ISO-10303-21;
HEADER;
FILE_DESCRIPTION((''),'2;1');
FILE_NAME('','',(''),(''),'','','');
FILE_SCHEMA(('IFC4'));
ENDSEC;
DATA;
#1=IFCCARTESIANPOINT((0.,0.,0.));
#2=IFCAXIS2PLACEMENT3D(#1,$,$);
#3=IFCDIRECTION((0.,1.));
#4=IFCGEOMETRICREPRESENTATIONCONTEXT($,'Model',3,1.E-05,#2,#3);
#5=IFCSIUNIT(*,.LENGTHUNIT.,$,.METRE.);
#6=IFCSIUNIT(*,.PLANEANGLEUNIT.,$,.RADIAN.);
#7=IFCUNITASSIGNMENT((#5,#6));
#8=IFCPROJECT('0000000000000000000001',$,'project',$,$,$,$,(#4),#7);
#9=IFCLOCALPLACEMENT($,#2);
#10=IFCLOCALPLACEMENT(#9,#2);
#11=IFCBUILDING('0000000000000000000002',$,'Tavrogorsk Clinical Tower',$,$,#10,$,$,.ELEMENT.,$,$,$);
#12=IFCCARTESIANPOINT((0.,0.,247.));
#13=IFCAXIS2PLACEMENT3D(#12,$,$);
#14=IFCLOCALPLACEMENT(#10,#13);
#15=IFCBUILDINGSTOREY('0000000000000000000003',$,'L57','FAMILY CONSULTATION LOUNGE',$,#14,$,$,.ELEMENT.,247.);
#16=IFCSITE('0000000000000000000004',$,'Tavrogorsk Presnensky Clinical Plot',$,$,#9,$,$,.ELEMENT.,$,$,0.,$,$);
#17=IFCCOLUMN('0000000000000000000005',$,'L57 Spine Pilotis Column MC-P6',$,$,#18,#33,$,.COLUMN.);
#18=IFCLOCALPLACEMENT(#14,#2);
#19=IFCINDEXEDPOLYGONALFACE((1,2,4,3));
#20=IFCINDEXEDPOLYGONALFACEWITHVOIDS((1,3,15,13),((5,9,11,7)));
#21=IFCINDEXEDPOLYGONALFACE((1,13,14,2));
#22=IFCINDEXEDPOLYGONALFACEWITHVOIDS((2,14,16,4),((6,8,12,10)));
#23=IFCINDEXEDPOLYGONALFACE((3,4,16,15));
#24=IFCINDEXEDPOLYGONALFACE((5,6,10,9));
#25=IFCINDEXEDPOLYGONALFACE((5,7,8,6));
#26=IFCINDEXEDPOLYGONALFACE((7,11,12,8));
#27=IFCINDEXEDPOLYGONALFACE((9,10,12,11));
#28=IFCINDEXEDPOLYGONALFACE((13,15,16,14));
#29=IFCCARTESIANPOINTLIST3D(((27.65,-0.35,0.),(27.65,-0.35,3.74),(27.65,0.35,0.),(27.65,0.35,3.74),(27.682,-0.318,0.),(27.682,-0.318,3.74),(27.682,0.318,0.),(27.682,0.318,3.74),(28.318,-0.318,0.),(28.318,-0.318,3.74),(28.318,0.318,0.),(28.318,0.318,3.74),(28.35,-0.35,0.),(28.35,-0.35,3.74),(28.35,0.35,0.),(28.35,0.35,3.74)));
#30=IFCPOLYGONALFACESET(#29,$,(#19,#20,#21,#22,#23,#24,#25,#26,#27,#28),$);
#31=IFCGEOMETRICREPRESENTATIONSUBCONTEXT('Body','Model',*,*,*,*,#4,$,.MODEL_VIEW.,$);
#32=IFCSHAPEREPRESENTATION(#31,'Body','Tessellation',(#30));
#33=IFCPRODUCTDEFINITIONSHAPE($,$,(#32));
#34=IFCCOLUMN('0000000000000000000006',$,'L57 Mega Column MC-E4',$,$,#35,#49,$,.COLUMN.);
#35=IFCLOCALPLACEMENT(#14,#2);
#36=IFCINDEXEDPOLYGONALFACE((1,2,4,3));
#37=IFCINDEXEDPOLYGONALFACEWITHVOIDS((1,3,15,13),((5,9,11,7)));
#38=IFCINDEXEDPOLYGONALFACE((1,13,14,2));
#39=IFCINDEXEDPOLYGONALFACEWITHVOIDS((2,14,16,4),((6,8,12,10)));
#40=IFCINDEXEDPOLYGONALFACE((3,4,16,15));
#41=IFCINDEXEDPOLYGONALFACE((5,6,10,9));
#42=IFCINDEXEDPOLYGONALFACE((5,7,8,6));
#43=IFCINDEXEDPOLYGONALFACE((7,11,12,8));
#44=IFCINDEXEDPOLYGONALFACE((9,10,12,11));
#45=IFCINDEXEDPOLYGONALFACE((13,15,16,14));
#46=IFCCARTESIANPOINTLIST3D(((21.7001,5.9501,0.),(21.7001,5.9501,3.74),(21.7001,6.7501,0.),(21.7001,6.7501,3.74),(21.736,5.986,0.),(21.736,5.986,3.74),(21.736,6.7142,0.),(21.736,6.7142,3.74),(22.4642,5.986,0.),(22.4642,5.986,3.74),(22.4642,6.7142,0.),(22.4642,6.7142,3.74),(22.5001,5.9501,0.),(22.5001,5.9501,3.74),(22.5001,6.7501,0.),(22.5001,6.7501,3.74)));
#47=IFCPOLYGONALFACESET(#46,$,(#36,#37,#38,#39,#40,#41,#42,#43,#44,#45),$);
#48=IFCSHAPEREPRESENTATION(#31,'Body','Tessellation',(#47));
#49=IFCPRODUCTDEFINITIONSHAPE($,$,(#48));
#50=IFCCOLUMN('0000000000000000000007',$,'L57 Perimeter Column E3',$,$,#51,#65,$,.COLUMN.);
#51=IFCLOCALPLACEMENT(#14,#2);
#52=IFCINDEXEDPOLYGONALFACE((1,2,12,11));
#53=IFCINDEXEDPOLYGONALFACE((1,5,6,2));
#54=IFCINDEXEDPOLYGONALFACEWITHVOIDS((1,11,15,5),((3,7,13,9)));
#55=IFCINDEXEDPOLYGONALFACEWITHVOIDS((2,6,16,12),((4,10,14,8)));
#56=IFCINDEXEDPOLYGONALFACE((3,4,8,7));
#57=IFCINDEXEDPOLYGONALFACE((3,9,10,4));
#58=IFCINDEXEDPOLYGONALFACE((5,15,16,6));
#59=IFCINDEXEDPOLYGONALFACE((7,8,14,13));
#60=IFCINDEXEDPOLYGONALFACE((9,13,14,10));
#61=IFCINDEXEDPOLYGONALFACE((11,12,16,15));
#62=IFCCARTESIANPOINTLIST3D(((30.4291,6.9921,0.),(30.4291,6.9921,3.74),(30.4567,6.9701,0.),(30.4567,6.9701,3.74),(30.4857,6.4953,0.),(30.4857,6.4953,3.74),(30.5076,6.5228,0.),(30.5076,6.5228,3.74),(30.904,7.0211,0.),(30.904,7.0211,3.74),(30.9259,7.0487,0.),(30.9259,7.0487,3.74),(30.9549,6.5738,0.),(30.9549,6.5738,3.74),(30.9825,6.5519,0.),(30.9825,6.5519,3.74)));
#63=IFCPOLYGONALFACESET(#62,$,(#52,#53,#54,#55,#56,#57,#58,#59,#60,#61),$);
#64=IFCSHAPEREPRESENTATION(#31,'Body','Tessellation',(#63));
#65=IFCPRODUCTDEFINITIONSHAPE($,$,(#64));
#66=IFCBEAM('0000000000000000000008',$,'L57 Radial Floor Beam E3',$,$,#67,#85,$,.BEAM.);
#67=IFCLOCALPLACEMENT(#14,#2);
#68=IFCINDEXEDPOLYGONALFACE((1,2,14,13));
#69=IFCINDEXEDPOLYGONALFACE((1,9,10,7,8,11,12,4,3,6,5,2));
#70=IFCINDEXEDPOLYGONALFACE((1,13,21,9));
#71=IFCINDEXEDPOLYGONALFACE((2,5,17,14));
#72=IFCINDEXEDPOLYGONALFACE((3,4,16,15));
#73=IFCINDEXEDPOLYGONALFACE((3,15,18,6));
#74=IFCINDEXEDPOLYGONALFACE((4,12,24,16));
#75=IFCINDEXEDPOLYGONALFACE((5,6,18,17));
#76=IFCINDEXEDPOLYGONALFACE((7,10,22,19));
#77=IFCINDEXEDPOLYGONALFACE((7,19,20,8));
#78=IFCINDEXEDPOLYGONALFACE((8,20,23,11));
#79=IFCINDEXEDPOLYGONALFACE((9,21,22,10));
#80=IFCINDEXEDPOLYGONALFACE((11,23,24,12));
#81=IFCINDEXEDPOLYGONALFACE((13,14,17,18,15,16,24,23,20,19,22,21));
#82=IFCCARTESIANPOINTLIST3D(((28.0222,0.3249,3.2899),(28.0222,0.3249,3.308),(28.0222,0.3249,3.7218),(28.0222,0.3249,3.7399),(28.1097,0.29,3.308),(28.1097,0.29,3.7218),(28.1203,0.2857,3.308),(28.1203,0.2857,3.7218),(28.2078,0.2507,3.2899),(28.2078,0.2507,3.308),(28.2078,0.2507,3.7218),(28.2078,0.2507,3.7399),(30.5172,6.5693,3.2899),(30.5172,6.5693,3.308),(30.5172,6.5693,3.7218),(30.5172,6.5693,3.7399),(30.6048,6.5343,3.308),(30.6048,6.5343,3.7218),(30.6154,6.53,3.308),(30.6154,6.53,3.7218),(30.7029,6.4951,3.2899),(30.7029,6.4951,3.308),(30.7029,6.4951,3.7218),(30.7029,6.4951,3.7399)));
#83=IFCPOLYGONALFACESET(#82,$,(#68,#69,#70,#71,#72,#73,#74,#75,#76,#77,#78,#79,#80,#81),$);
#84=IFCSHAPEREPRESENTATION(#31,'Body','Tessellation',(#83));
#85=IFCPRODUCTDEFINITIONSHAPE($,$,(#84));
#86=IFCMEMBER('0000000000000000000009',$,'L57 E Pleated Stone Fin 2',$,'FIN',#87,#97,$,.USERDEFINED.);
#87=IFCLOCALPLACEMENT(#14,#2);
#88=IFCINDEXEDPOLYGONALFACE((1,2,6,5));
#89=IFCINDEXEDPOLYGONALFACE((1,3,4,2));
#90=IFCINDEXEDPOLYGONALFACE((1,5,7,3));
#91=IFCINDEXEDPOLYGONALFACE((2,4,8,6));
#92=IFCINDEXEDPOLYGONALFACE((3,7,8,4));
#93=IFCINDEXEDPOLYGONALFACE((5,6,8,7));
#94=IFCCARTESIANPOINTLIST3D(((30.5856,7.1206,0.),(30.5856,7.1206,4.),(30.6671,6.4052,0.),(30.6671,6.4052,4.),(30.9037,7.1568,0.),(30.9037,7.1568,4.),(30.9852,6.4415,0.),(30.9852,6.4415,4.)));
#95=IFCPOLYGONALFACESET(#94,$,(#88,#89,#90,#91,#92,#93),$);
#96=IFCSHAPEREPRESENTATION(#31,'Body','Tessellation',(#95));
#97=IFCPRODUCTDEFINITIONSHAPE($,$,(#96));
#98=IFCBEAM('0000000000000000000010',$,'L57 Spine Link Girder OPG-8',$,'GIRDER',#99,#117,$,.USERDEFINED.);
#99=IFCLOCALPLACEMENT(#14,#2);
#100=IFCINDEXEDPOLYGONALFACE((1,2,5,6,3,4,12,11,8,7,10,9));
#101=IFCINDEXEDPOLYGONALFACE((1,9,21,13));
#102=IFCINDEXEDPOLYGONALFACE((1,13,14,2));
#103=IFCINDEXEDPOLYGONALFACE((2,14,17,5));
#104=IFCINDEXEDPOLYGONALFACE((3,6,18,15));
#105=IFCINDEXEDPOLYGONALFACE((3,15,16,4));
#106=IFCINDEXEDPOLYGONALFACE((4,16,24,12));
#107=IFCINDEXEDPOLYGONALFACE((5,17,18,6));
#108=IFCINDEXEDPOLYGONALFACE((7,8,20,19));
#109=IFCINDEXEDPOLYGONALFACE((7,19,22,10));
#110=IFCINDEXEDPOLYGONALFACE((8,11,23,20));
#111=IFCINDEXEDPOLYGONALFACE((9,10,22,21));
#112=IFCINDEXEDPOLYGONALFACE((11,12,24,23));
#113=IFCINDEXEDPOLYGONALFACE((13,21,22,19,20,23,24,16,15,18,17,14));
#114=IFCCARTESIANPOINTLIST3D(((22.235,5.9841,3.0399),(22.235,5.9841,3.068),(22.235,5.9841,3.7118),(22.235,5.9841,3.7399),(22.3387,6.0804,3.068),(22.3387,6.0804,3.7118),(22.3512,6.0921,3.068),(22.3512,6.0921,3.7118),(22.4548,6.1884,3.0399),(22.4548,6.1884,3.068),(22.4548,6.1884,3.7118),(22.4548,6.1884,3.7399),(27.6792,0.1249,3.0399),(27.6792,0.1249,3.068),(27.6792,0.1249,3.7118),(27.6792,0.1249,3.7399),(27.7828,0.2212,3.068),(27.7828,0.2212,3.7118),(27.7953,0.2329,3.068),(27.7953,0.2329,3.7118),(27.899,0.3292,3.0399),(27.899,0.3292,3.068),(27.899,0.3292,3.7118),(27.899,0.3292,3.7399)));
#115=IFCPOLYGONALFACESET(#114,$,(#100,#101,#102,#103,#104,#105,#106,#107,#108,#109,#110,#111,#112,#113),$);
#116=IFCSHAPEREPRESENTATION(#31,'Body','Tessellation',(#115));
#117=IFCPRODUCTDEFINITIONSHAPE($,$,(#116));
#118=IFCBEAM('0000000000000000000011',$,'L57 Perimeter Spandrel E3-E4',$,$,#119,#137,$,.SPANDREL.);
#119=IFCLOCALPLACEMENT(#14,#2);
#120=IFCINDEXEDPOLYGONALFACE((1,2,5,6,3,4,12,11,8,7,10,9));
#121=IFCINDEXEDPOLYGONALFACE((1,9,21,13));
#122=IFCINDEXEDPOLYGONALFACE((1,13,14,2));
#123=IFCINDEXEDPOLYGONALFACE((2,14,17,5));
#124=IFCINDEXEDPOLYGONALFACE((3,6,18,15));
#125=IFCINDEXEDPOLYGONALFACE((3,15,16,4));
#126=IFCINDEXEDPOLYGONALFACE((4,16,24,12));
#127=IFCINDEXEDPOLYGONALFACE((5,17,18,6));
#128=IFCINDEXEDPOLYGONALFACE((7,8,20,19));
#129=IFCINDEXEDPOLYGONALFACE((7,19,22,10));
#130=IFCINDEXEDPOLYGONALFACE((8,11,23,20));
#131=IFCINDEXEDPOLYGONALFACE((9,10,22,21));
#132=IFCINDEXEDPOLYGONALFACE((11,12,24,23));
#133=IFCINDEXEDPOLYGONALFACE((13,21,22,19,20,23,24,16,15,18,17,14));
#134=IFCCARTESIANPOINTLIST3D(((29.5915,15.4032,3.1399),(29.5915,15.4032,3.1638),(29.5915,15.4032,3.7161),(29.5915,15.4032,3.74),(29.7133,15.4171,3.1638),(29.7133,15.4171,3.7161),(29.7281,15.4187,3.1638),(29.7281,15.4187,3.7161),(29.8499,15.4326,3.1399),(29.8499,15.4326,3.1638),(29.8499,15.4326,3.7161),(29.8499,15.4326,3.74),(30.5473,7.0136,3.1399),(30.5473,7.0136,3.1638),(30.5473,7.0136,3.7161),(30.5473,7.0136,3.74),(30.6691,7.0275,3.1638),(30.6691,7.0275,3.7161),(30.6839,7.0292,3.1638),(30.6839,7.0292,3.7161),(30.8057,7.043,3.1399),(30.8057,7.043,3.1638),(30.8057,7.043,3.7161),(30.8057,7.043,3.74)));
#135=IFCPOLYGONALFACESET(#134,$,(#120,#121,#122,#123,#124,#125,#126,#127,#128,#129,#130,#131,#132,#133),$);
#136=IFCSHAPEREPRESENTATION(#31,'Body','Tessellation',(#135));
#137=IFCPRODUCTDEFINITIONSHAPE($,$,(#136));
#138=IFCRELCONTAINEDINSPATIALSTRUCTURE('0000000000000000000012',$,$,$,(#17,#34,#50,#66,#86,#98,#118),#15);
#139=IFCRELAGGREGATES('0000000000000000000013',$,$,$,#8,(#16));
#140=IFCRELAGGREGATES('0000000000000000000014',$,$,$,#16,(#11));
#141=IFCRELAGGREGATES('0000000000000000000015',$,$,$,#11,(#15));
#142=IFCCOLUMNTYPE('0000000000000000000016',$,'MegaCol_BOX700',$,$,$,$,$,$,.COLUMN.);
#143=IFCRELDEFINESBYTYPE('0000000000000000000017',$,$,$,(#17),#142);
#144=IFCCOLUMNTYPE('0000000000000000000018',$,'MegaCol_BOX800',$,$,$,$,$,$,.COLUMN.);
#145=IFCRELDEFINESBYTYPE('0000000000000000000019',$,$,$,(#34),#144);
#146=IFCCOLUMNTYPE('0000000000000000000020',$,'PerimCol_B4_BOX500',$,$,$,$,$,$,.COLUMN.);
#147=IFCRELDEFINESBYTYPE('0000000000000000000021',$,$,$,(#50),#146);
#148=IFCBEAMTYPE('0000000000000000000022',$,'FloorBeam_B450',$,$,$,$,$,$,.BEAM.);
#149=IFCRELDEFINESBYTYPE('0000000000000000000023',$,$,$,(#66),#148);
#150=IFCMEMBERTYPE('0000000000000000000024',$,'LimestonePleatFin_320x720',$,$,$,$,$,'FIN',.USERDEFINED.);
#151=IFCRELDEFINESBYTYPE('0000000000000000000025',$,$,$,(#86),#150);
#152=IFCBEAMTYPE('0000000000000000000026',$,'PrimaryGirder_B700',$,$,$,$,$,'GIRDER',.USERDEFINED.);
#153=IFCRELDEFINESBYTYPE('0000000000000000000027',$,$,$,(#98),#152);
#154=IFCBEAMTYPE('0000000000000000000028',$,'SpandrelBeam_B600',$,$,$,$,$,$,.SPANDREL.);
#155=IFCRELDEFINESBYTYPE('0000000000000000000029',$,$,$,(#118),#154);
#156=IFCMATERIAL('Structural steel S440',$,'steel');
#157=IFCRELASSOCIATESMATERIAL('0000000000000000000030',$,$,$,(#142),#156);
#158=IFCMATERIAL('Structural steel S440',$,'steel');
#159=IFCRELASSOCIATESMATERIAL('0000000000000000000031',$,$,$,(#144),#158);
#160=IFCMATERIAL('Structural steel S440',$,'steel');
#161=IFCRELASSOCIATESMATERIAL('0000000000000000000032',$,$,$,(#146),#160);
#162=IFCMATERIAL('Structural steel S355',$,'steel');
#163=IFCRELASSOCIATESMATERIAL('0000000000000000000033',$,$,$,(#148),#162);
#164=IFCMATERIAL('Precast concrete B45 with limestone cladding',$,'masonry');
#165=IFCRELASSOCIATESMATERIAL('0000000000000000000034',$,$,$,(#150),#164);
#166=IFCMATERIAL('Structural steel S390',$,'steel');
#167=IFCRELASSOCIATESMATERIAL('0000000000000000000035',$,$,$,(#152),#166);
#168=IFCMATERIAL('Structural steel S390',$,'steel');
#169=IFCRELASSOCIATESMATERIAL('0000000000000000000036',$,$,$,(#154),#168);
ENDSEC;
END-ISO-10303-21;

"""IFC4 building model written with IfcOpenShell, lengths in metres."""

from ifc_helpers import new_model, si_unit, direction, frame, origin, origin_2d, place, context, subcontext, project, spatial, rectangle, hollow_rectangle, i_section, extrude, material, material_profile, profile_set, type_object, element, save


model = new_model("IFC4")

# Units and contexts
model_context = context("Model", 3, precision=1e-05, world=origin(), true_north=direction((0.0, 1.0)))
body_context = subcontext(model_context, "Body", "Model", "MODEL_VIEW")
ifc_project = project(units=[si_unit("LENGTHUNIT", "METRE"), si_unit("PLANEANGLEUNIT", "RADIAN")], contexts=[model_context])

# Site, building, storey
site_placement = place(None, origin())
site = spatial("IfcSite", under=ifc_project, at=site_placement, Name="Tavrogorsk Presnensky Clinical Plot", CompositionType="ELEMENT", RefElevation=0.0)
building_placement = place(site_placement, origin())
building = spatial("IfcBuilding", under=site, at=building_placement, Name="Tavrogorsk Clinical Tower", CompositionType="ELEMENT")
storey_placement = place(building_placement, frame((0.0, 0.0, 247.0)))
storey = spatial("IfcBuildingStorey", under=building, at=storey_placement, Name="L57", Description="FAMILY CONSULTATION LOUNGE", CompositionType="ELEMENT", Elevation=247.0)

# Columns
ifc_material_1 = material(Name="Structural steel S440", Category="steel")
ifc_material_profile_1 = material_profile(ifc_material_1, hollow_rectangle(XDim=0.7, YDim=0.7, WallThickness=0.032, at=origin_2d()), Name="BOX-700x700x32")
ifc_profile_set_1 = profile_set([ifc_material_profile_1], Name="Structural steel S440")
column_type_1 = type_object("IfcColumnType", Name="MegaCol_BOX700", PredefinedType="COLUMN", material=ifc_profile_set_1)
column_1_placement = place(storey_placement, frame((28.0, 0.0, 0.0), z_axis=(0.0, 0.0, 1.0), x_axis=(1.0, 0.0, 0.0)))
element("IfcColumn", 1, at=column_1_placement, inside=storey, type_object=column_type_1, Name="L57 Spine Pilotis Column MC-P6", PredefinedType="COLUMN", context=body_context, shape_type="SweptSolid", body=[
    extrude(hollow_rectangle(XDim=0.7, YDim=0.7, WallThickness=0.032, at=origin_2d()), origin(), (0.0, 0.0, 1.0), 3.74),
])
ifc_material_2 = material(Name="Structural steel S440", Category="steel")
ifc_material_profile_2 = material_profile(ifc_material_2, hollow_rectangle(XDim=0.8, YDim=0.8, WallThickness=0.0359, at=origin_2d()), Name="BOX-800x800x36")
ifc_profile_set_2 = profile_set([ifc_material_profile_2], Name="Structural steel S440")
column_type_2 = type_object("IfcColumnType", Name="MegaCol_BOX800", PredefinedType="COLUMN", material=ifc_profile_set_2)
column_2_placement = place(storey_placement, frame((22.1001, 6.3501, 0.0), z_axis=(0.0, 0.0, 1.0), x_axis=(1.0, 0.0, 0.0)))
element("IfcColumn", 2, at=column_2_placement, inside=storey, type_object=column_type_2, Name="L57 Mega Column MC-E4", PredefinedType="COLUMN", context=body_context, shape_type="SweptSolid", body=[
    extrude(hollow_rectangle(XDim=0.8, YDim=0.8, WallThickness=0.0359, at=origin_2d()), origin(), (0.0, 0.0, 1.0), 3.74),
])
ifc_material_3 = material(Name="Structural steel S440", Category="steel")
ifc_material_profile_3 = material_profile(ifc_material_3, hollow_rectangle(XDim=0.5, YDim=0.5, WallThickness=0.0249, at=origin_2d()), Name="BOX-500x500x25")
ifc_profile_set_3 = profile_set([ifc_material_profile_3], Name="Structural steel S440")
column_type_3 = type_object("IfcColumnType", Name="PerimCol_B4_BOX500", PredefinedType="COLUMN", material=ifc_profile_set_3)
column_3_placement = place(storey_placement, frame((30.7058, 6.772, 0.0), z_axis=(0.0, 0.0, 1.0), x_axis=(0.993572, 0.113203, 0.0)))
element("IfcColumn", 3, at=column_3_placement, inside=storey, type_object=column_type_3, Name="L57 Perimeter Column E3", PredefinedType="COLUMN", context=body_context, shape_type="SweptSolid", body=[
    extrude(hollow_rectangle(XDim=0.5, YDim=0.5, WallThickness=0.0249, at=origin_2d()), origin(), (0.0, 0.0, 1.0), 3.74),
])

# Beam
ifc_material_4 = material(Name="Structural steel S355", Category="steel")
ifc_material_profile_4 = material_profile(ifc_material_4, i_section(OverallWidth=0.2, OverallDepth=0.45, WebThickness=0.0115, FlangeThickness=0.0181, at=origin_2d()), Name="B-450x200x11.5x18")
ifc_profile_set_4 = profile_set([ifc_material_profile_4], Name="Structural steel S355")
beam_type_1 = type_object("IfcBeamType", Name="FloorBeam_B450", PredefinedType="BEAM", material=ifc_profile_set_4)
beam_1_placement = place(storey_placement, frame((28.115, 0.2878, 3.5149), z_axis=(0.371053, 0.928612, 0.0), x_axis=(-0.928612, 0.371053, 0.0)))
element("IfcBeam", 4, at=beam_1_placement, inside=storey, type_object=beam_type_1, Name="L57 Radial Floor Beam E3", PredefinedType="BEAM", context=body_context, shape_type="SweptSolid", body=[
    extrude(i_section(OverallWidth=0.2, OverallDepth=0.45, WebThickness=0.0115, FlangeThickness=0.0181, at=origin_2d()), origin(), (0.0, 0.0, 1.0), 6.7244),
])

# Member
ifc_material_5 = material(Name="Precast concrete B45 with limestone cladding", Category="masonry")
ifc_material_profile_5 = material_profile(ifc_material_5, rectangle(XDim=0.3201, YDim=0.72, at=origin_2d()), Name="LIMESTONE-FIN-320x720")
ifc_profile_set_5 = profile_set([ifc_material_profile_5], Name="Precast concrete B45 with limestone cladding")
member_type = type_object("IfcMemberType", Name="LimestonePleatFin_320x720", ElementType="FIN", PredefinedType="USERDEFINED", material=ifc_profile_set_5)
member_placement = place(storey_placement, frame((30.7854, 6.781, 0.0), z_axis=(0.0, 0.0, 1.0), x_axis=(0.993572, 0.113203, 0.0)))
element("IfcMember", 5, at=member_placement, inside=storey, type_object=member_type, Name="L57 E Pleated Stone Fin 2", ObjectType="FIN", PredefinedType="USERDEFINED", context=body_context, shape_type="SweptSolid", body=[
    extrude(rectangle(XDim=0.3201, YDim=0.72, at=origin_2d()), origin(), (0.0, 0.0, 1.0), 4.0),
])

# Beams
ifc_material_6 = material(Name="Structural steel S390", Category="steel")
ifc_material_profile_6 = material_profile(ifc_material_6, i_section(OverallWidth=0.3, OverallDepth=0.7, WebThickness=0.0171, FlangeThickness=0.0281, at=origin_2d()), Name="B-700x300x17x28")
ifc_profile_set_6 = profile_set([ifc_material_profile_6], Name="Structural steel S390")
beam_type_2 = type_object("IfcBeamType", Name="PrimaryGirder_B700", ElementType="GIRDER", PredefinedType="USERDEFINED", material=ifc_profile_set_6)
beam_2_placement = place(storey_placement, frame((27.7891, 0.2271, 3.3899), z_axis=(-0.680684, 0.732577, 0.0), x_axis=(-0.732577, -0.680684, 0.0)))
element("IfcBeam", 6, at=beam_2_placement, inside=storey, type_object=beam_type_2, Name="L57 Spine Link Girder OPG-8", ObjectType="GIRDER", PredefinedType="USERDEFINED", context=body_context, shape_type="SweptSolid", body=[
    extrude(i_section(OverallWidth=0.3, OverallDepth=0.7, WebThickness=0.0171, FlangeThickness=0.0281, at=origin_2d()), origin(), (0.0, 0.0, 1.0), 7.998),
])
ifc_material_7 = material(Name="Structural steel S390", Category="steel")
ifc_material_profile_7 = material_profile(ifc_material_7, i_section(OverallWidth=0.26, OverallDepth=0.6001, WebThickness=0.0149, FlangeThickness=0.0239, at=origin_2d()), Name="B-600x260x15x24")
ifc_profile_set_7 = profile_set([ifc_material_profile_7], Name="Structural steel S390")
beam_type_3 = type_object("IfcBeamType", Name="SpandrelBeam_B600", PredefinedType="SPANDREL", material=ifc_profile_set_7)
beam_3_placement = place(storey_placement, frame((30.6765, 7.0283, 3.4399), z_axis=(-0.113195, 0.993573, 0.0), x_axis=(-0.993573, -0.113195, 0.0)))
element("IfcBeam", 7, at=beam_3_placement, inside=storey, type_object=beam_type_3, Name="L57 Perimeter Spandrel E3-E4", PredefinedType="SPANDREL", context=body_context, shape_type="SweptSolid", body=[
    extrude(i_section(OverallWidth=0.26, OverallDepth=0.6001, WebThickness=0.0149, FlangeThickness=0.0239, at=origin_2d()), origin(), (0.0, 0.0, 1.0), 8.4438),
])

save(model, "model.ifc")
